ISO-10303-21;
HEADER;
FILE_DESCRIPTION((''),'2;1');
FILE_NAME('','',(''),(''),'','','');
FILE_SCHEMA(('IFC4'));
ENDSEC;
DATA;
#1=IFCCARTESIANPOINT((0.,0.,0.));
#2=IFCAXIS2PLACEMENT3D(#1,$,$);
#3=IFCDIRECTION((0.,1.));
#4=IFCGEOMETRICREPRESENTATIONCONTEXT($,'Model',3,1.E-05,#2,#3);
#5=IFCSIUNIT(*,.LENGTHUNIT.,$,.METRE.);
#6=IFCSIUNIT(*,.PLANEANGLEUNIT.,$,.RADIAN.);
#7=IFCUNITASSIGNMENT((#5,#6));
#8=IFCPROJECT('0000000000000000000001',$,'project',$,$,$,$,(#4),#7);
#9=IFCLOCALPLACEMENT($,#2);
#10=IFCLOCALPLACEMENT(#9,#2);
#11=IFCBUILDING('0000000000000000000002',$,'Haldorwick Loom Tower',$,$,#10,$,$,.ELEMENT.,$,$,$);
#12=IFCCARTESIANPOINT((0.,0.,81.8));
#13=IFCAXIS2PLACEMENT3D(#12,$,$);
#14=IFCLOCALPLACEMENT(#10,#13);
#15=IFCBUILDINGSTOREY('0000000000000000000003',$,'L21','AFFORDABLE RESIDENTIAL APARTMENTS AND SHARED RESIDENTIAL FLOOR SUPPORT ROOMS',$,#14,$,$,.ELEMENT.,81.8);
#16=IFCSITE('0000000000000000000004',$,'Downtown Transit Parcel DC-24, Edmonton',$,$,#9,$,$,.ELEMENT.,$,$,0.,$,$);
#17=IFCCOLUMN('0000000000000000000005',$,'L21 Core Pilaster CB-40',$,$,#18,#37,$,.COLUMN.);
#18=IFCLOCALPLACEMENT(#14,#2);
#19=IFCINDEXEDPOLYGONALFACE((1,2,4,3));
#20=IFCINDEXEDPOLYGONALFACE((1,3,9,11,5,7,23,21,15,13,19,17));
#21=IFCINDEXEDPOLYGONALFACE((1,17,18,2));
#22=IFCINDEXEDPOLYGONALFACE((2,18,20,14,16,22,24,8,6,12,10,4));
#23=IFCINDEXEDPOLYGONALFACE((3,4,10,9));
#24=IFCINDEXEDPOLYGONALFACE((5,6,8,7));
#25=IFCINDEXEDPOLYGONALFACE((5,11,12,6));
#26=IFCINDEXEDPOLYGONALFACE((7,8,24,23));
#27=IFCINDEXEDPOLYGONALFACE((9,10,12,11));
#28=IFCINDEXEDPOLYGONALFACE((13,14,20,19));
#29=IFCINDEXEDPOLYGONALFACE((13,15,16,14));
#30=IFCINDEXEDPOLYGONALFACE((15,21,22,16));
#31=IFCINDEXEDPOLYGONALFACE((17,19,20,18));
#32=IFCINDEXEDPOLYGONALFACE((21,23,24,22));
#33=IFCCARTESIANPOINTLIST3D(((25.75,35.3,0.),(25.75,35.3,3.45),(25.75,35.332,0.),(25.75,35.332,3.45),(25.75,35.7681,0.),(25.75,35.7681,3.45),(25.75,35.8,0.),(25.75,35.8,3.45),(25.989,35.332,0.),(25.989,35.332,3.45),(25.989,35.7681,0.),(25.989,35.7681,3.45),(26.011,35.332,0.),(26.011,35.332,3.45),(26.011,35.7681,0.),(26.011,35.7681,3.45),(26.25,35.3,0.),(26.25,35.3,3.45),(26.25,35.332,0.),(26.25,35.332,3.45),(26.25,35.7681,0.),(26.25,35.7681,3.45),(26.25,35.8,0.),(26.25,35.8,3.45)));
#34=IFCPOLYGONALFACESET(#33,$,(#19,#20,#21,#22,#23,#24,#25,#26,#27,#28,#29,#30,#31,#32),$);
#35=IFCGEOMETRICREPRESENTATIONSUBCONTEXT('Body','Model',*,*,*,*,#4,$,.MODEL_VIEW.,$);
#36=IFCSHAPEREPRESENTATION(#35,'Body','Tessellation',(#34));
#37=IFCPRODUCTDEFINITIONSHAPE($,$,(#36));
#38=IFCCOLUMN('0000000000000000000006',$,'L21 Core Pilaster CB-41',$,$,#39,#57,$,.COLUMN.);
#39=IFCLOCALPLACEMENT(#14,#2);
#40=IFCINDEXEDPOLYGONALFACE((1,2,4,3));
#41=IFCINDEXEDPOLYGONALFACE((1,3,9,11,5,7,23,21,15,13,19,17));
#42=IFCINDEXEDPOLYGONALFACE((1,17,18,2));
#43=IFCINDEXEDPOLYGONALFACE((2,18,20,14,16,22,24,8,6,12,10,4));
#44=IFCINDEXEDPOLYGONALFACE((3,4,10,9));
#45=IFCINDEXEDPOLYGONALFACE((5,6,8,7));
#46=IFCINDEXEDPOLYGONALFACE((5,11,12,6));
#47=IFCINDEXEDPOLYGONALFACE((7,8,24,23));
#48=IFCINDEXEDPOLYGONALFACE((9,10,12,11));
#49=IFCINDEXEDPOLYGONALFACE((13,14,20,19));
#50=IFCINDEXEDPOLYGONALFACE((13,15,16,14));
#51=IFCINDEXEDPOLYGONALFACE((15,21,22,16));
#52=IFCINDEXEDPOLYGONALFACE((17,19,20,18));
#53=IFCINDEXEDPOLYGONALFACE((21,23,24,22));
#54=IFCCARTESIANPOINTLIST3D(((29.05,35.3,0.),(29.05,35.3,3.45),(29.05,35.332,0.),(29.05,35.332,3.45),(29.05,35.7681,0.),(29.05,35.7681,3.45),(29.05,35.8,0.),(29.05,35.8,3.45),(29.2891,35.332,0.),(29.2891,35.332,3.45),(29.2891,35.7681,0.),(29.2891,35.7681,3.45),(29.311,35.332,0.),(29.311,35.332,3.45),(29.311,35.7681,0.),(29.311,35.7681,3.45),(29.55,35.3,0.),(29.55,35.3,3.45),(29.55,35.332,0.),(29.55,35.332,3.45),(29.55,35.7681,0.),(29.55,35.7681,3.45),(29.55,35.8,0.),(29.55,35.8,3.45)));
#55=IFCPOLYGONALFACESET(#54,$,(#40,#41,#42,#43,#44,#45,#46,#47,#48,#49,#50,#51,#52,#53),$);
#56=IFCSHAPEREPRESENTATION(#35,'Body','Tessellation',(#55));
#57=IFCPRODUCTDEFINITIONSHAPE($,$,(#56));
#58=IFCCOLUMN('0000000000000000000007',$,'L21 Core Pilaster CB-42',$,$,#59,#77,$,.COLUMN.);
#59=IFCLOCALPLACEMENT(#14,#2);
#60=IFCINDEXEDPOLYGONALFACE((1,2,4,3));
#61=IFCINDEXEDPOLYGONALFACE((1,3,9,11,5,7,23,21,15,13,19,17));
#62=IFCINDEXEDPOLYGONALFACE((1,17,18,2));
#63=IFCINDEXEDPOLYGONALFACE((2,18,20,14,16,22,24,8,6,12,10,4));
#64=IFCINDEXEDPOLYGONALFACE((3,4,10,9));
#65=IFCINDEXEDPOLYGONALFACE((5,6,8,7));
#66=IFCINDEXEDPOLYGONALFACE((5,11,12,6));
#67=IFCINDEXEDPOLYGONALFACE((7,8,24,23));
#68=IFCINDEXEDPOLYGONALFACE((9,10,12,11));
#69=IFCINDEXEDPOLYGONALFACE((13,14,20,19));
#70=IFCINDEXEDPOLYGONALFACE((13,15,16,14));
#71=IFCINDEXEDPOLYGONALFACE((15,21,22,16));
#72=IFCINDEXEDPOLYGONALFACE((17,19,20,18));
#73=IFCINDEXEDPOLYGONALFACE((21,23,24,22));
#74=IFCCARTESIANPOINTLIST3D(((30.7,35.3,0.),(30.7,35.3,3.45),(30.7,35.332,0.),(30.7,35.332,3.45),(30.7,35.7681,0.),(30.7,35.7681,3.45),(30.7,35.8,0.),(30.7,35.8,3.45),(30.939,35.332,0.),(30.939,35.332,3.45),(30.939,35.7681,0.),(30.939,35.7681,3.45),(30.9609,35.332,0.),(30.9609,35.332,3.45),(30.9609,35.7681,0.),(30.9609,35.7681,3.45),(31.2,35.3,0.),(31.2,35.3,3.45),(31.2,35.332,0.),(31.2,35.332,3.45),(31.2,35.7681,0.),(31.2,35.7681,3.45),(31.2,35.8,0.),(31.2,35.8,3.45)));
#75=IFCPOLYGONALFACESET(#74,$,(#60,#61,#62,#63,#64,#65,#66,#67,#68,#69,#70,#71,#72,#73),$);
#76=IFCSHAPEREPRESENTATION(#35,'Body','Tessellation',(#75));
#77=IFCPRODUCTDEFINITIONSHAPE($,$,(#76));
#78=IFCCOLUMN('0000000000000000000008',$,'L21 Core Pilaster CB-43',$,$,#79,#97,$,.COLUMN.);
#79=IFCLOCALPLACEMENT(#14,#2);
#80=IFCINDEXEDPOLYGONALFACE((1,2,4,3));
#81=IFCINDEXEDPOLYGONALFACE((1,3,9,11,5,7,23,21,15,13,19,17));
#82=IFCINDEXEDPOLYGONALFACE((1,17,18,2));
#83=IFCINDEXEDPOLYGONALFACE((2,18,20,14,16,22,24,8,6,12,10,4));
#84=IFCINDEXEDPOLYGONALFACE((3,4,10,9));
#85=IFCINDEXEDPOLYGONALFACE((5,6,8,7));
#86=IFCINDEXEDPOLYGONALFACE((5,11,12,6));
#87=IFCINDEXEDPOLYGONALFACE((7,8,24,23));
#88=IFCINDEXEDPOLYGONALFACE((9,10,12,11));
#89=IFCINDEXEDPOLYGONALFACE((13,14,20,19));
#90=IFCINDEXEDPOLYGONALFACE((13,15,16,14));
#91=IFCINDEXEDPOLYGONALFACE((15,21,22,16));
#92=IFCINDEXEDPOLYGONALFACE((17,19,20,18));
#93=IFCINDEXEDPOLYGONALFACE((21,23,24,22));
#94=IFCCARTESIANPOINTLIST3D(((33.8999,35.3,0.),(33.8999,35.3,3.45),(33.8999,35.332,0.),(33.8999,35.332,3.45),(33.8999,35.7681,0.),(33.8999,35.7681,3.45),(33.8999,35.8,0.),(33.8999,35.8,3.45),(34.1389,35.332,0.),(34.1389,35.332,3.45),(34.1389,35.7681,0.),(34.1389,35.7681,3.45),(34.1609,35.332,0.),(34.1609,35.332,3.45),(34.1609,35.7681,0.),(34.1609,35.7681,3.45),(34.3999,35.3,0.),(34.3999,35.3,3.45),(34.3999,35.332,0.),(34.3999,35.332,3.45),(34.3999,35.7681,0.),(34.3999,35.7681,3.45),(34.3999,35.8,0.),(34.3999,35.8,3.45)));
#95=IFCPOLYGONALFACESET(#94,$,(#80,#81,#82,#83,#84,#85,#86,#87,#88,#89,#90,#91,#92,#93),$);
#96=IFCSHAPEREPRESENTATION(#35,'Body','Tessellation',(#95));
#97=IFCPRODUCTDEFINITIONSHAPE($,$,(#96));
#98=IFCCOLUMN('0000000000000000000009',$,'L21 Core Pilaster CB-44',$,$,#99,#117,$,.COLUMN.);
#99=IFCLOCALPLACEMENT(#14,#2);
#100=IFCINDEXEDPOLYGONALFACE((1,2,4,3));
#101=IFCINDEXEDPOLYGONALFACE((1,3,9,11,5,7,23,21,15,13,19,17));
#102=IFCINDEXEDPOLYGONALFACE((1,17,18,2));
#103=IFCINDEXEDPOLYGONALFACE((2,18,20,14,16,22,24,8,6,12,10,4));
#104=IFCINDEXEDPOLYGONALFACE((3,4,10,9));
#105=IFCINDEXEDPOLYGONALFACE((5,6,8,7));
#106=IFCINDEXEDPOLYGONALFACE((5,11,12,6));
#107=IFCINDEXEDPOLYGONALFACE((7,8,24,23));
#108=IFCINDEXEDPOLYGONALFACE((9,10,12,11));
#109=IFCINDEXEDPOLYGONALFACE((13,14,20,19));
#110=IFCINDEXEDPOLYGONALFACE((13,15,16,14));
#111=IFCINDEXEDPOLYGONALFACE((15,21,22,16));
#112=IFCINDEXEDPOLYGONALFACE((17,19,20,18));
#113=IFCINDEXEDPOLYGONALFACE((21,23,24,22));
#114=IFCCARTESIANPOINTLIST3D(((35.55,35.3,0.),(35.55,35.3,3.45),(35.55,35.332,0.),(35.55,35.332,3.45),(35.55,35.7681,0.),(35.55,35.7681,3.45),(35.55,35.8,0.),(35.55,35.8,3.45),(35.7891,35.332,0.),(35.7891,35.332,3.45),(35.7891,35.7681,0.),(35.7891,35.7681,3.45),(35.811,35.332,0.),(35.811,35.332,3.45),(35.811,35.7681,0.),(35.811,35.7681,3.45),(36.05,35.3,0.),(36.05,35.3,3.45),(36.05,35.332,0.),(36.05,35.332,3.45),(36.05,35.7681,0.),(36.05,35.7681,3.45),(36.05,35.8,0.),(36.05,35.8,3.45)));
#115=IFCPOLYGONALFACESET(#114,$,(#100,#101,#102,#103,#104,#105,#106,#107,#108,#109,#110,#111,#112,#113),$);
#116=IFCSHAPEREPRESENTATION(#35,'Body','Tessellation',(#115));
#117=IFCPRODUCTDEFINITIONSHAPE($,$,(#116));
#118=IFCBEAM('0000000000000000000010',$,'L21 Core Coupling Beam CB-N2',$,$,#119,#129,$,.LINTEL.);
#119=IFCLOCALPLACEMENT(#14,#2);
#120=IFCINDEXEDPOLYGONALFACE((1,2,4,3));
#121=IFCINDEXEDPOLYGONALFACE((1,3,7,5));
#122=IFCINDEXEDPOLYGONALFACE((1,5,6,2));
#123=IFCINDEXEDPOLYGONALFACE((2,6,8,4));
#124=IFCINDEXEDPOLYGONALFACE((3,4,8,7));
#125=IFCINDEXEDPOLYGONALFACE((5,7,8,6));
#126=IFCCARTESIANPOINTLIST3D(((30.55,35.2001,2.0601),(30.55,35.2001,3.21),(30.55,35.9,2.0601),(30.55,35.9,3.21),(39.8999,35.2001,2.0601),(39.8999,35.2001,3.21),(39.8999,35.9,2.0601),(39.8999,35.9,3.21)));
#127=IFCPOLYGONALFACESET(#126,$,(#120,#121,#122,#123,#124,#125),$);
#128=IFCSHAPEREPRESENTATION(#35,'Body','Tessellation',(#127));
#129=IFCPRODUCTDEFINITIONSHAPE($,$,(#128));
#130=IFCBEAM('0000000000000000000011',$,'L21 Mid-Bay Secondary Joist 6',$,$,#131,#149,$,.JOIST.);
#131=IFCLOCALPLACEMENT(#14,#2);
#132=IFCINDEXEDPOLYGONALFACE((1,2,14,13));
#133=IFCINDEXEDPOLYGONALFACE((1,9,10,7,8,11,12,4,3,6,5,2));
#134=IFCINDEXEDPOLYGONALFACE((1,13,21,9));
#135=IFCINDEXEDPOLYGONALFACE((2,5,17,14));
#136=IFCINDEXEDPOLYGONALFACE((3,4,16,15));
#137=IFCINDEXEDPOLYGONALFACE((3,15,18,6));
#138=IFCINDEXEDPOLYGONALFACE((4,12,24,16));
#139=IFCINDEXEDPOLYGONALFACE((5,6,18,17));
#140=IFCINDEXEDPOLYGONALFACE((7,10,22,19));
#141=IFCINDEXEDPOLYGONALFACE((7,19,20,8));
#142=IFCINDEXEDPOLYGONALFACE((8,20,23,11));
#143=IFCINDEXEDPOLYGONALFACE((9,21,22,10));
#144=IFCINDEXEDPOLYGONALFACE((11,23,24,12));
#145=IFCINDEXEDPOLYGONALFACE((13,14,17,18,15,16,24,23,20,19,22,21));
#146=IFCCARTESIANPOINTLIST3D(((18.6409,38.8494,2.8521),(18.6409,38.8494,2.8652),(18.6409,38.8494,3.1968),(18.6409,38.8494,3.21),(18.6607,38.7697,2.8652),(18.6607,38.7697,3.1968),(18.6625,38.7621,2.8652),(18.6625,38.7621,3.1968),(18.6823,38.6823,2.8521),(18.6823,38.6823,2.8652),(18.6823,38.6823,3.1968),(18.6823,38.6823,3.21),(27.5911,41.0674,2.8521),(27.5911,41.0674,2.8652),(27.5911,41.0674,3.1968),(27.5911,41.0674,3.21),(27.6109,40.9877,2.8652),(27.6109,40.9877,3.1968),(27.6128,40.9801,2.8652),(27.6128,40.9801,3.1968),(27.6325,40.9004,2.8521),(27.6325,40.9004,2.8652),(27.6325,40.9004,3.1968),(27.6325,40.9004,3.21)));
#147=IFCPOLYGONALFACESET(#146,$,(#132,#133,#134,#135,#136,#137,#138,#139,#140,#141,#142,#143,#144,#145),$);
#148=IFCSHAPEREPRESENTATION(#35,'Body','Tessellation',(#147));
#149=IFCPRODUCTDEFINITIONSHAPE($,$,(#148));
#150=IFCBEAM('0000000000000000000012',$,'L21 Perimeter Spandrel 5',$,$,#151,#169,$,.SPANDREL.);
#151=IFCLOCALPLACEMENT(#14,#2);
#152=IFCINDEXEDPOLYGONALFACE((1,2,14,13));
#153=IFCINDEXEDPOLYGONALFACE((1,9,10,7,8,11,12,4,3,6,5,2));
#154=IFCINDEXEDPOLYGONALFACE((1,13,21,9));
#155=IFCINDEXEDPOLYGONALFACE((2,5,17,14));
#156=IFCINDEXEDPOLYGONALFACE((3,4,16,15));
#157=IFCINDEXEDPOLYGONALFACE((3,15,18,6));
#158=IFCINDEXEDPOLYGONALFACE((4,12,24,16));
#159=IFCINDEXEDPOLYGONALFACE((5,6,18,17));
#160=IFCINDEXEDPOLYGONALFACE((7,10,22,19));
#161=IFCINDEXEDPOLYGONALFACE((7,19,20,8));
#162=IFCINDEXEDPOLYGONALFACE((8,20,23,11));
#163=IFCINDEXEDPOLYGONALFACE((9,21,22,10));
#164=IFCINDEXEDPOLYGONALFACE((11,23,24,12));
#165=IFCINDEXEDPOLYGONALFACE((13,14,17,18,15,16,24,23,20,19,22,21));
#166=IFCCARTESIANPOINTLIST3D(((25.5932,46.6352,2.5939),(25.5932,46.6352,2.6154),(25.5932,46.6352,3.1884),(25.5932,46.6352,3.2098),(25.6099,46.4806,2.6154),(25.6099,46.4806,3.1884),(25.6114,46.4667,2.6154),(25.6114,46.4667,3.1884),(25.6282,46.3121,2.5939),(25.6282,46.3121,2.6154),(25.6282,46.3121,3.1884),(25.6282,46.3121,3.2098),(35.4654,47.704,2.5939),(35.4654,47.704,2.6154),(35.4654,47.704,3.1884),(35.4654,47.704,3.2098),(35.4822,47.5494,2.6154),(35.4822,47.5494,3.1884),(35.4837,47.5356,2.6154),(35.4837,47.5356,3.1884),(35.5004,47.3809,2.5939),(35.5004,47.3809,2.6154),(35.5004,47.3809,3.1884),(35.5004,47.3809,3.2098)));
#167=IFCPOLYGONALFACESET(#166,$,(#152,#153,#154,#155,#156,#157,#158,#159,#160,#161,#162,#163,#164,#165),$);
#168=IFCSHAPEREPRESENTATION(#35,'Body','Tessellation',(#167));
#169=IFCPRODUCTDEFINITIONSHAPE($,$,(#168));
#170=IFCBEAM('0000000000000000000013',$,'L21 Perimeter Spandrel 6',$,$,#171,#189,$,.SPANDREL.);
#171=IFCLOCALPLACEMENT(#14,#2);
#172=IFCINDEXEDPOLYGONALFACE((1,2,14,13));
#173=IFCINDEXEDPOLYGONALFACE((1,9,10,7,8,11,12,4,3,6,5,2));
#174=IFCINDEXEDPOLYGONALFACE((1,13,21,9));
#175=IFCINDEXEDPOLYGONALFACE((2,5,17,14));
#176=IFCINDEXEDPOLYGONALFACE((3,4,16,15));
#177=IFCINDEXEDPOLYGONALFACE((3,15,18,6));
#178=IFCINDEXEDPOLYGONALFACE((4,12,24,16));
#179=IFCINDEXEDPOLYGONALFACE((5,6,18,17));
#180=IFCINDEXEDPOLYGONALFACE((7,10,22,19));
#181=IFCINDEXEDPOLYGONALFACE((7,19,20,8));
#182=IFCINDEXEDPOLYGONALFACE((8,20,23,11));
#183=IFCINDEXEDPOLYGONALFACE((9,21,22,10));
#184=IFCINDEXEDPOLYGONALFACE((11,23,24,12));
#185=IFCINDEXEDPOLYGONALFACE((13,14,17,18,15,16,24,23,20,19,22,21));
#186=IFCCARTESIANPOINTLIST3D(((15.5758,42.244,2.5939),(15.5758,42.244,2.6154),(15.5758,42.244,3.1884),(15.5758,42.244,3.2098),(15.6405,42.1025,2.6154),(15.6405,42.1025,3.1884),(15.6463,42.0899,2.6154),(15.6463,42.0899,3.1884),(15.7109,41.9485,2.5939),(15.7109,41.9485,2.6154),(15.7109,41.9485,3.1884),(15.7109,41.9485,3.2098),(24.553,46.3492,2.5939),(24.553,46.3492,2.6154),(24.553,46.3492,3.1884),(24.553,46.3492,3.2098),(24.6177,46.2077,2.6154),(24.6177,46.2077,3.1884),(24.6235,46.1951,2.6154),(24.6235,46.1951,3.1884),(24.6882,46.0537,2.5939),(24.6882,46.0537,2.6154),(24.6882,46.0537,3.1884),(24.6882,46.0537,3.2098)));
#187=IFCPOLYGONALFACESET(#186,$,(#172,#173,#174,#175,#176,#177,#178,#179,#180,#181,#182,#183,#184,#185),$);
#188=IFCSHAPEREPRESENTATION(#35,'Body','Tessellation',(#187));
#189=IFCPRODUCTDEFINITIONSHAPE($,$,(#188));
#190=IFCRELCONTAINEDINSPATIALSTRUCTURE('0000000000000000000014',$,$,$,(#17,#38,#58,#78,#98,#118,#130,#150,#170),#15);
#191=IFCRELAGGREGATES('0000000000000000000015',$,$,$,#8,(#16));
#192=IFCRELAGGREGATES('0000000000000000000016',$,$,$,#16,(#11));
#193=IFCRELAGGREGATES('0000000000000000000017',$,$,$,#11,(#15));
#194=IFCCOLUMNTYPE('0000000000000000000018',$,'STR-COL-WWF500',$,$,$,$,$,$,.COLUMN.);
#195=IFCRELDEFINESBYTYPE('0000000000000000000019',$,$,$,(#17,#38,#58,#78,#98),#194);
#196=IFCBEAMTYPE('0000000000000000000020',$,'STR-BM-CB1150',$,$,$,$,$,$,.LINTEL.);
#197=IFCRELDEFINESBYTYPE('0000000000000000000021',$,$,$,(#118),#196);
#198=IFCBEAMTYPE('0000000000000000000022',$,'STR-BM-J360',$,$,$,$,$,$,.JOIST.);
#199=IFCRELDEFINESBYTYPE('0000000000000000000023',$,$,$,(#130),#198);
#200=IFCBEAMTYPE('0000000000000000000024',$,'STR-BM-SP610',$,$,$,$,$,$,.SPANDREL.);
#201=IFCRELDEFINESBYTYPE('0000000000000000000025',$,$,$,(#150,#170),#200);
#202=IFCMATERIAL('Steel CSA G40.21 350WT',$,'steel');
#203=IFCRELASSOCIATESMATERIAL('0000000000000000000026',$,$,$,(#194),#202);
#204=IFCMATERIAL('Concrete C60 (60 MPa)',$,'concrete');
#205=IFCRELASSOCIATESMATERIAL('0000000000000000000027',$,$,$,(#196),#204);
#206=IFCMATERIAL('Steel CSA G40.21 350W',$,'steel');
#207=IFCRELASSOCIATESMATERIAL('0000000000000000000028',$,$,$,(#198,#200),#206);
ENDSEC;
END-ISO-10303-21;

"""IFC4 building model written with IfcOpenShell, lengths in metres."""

from ifc_helpers import new_model, si_unit, direction, frame, origin, origin_2d, place, context, subcontext, project, spatial, rectangle, i_section, extrude, material, material_profile, profile_set, type_object, element, save


model = new_model("IFC4")

# Units and contexts
model_context = context("Model", 3, precision=1e-05, world=origin(), true_north=direction((0.0, 1.0)))
body_context = subcontext(model_context, "Body", "Model", "MODEL_VIEW")
ifc_project = project(units=[si_unit("LENGTHUNIT", "METRE"), si_unit("PLANEANGLEUNIT", "RADIAN")], contexts=[model_context])

# Site, building, storey
site_placement = place(None, origin())
site = spatial("IfcSite", under=ifc_project, at=site_placement, Name="Downtown Transit Parcel DC-24, Edmonton", CompositionType="ELEMENT", RefElevation=0.0)
building_placement = place(site_placement, origin())
building = spatial("IfcBuilding", under=site, at=building_placement, Name="Haldorwick Loom Tower", CompositionType="ELEMENT")
storey_placement = place(building_placement, frame((0.0, 0.0, 81.8)))
storey = spatial("IfcBuildingStorey", under=building, at=storey_placement, Name="L21", Description="AFFORDABLE RESIDENTIAL APARTMENTS AND SHARED RESIDENTIAL FLOOR SUPPORT ROOMS", CompositionType="ELEMENT", Elevation=81.8)

# Columns
ifc_material_1 = material(Name="Concrete C60 (60 MPa)", Category="concrete")
ifc_material_2 = material(Name="Steel CSA G40.21 350WT", Category="steel")
ifc_material_profile_1 = material_profile(ifc_material_2, i_section(OverallWidth=0.5, OverallDepth=0.5, WebThickness=0.022, FlangeThickness=0.032, at=origin_2d()), Name="WWF500X500", Category="steel")
ifc_profile_set_1 = profile_set([ifc_material_profile_1], Name="Steel CSA G40.21 350WT")
column_type_1 = type_object("IfcColumnType", Name="STR-COL-WWF500", PredefinedType="COLUMN", material=ifc_profile_set_1)
for number, where, z_axis, x_axis, name in (
    (1, (26.0, 35.55, 0.0), (0.0, 0.0, 1.0), (1.0, 0.0, 0.0), "L21 Core Pilaster CB-40"),
    (2, (29.3, 35.55, 0.0), (0.0, 0.0, 1.0), (1.0, 0.0, 0.0), "L21 Core Pilaster CB-41"),
    (3, (30.95, 35.55, 0.0), (0.0, 0.0, 1.0), (1.0, 0.0, 0.0), "L21 Core Pilaster CB-42"),
    (4, (34.1499, 35.55, 0.0), (0.0, 0.0, 1.0), (1.0, 0.0, 0.0), "L21 Core Pilaster CB-43"),
    (5, (35.8, 35.55, 0.0), (0.0, 0.0, 1.0), (1.0, 0.0, 0.0), "L21 Core Pilaster CB-44"),
):
    element("IfcColumn", number, at=place(storey_placement, frame(where, z_axis=z_axis, x_axis=x_axis)), inside=storey, type_object=column_type_1, Name=name, PredefinedType="COLUMN", context=body_context, shape_type="SweptSolid", body=[
        extrude(i_section(OverallWidth=0.5, OverallDepth=0.5, WebThickness=0.022, FlangeThickness=0.032, at=origin_2d()), origin(), (0.0, 0.0, 1.0), 3.45),
    ])

# Beams
ifc_material_profile_2 = material_profile(ifc_material_1, rectangle(XDim=0.7, YDim=1.1499, at=origin_2d()), Name="RC700X1150", Category="concrete")
ifc_profile_set_2 = profile_set([ifc_material_profile_2], Name="Concrete C60 (60 MPa)")
beam_type_1 = type_object("IfcBeamType", Name="STR-BM-CB1150", PredefinedType="LINTEL", material=ifc_profile_set_2)
beam_1_placement = place(storey_placement, frame((30.55, 35.55, 2.635), z_axis=(1.0, 0.0, 0.0), x_axis=(0.0, 1.0, 0.0)))
element("IfcBeam", 6, at=beam_1_placement, inside=storey, type_object=beam_type_1, Name="L21 Core Coupling Beam CB-N2", PredefinedType="LINTEL", context=body_context, shape_type="SweptSolid", body=[
    extrude(rectangle(XDim=0.7, YDim=1.1499, at=origin_2d()), origin(), (0.0, 0.0, 1.0), 9.3499),
])
ifc_material_3 = material(Name="Steel CSA G40.21 350W", Category="steel")
ifc_material_profile_3 = material_profile(ifc_material_3, i_section(OverallWidth=0.1721, OverallDepth=0.3579, WebThickness=0.0078, FlangeThickness=0.0132, at=origin_2d()), Name="W360X57", Category="steel")
ifc_profile_set_3 = profile_set([ifc_material_profile_3], Name="Steel CSA G40.21 350W")
beam_type_2 = type_object("IfcBeamType", Name="STR-BM-J360", PredefinedType="JOIST", material=ifc_profile_set_3)
beam_2_placement = place(storey_placement, frame((27.6118, 40.9839, 3.031), z_axis=(-0.970639, -0.240542, 0.0), x_axis=(0.240542, -0.970639, 0.0)))
element("IfcBeam", 7, at=beam_2_placement, inside=storey, type_object=beam_type_2, Name="L21 Mid-Bay Secondary Joist 6", PredefinedType="JOIST", context=body_context, shape_type="SweptSolid", body=[
    extrude(i_section(OverallWidth=0.1721, OverallDepth=0.3579, WebThickness=0.0078, FlangeThickness=0.0132, at=origin_2d()), origin(), (0.0, 0.0, 1.0), 9.2209),
])
ifc_material_profile_4 = material_profile(ifc_material_3, i_section(OverallWidth=0.325, OverallDepth=0.616, WebThickness=0.0139, FlangeThickness=0.0215, at=origin_2d()), Name="W610X174", Category="steel")
ifc_profile_set_4 = profile_set([ifc_material_profile_4], Name="Steel CSA G40.21 350W")
beam_type_3 = type_object("IfcBeamType", Name="STR-BM-SP610", PredefinedType="SPANDREL", material=ifc_profile_set_4)
beam_3_placement = place(storey_placement, frame((35.4829, 47.5425, 2.9019), z_axis=(-0.99419, -0.107638, 0.0), x_axis=(0.107638, -0.99419, 0.0)))
element("IfcBeam", 8, at=beam_3_placement, inside=storey, type_object=beam_type_3, Name="L21 Perimeter Spandrel 5", PredefinedType="SPANDREL", context=body_context, shape_type="SweptSolid", body=[
    extrude(i_section(OverallWidth=0.325, OverallDepth=0.616, WebThickness=0.0139, FlangeThickness=0.0215, at=origin_2d()), origin(), (0.0, 0.0, 1.0), 9.9299),
])
beam_4_placement = place(storey_placement, frame((24.6206, 46.2014, 2.9019), z_axis=(-0.909424, -0.41587, 0.0), x_axis=(0.41587, -0.909424, 0.0)))
element("IfcBeam", 9, at=beam_4_placement, inside=storey, type_object=beam_type_3, Name="L21 Perimeter Spandrel 6", PredefinedType="SPANDREL", context=body_context, shape_type="SweptSolid", body=[
    extrude(i_section(OverallWidth=0.325, OverallDepth=0.616, WebThickness=0.0139, FlangeThickness=0.0215, at=origin_2d()), origin(), (0.0, 0.0, 1.0), 9.8713),
])

save(model, "model.ifc")
